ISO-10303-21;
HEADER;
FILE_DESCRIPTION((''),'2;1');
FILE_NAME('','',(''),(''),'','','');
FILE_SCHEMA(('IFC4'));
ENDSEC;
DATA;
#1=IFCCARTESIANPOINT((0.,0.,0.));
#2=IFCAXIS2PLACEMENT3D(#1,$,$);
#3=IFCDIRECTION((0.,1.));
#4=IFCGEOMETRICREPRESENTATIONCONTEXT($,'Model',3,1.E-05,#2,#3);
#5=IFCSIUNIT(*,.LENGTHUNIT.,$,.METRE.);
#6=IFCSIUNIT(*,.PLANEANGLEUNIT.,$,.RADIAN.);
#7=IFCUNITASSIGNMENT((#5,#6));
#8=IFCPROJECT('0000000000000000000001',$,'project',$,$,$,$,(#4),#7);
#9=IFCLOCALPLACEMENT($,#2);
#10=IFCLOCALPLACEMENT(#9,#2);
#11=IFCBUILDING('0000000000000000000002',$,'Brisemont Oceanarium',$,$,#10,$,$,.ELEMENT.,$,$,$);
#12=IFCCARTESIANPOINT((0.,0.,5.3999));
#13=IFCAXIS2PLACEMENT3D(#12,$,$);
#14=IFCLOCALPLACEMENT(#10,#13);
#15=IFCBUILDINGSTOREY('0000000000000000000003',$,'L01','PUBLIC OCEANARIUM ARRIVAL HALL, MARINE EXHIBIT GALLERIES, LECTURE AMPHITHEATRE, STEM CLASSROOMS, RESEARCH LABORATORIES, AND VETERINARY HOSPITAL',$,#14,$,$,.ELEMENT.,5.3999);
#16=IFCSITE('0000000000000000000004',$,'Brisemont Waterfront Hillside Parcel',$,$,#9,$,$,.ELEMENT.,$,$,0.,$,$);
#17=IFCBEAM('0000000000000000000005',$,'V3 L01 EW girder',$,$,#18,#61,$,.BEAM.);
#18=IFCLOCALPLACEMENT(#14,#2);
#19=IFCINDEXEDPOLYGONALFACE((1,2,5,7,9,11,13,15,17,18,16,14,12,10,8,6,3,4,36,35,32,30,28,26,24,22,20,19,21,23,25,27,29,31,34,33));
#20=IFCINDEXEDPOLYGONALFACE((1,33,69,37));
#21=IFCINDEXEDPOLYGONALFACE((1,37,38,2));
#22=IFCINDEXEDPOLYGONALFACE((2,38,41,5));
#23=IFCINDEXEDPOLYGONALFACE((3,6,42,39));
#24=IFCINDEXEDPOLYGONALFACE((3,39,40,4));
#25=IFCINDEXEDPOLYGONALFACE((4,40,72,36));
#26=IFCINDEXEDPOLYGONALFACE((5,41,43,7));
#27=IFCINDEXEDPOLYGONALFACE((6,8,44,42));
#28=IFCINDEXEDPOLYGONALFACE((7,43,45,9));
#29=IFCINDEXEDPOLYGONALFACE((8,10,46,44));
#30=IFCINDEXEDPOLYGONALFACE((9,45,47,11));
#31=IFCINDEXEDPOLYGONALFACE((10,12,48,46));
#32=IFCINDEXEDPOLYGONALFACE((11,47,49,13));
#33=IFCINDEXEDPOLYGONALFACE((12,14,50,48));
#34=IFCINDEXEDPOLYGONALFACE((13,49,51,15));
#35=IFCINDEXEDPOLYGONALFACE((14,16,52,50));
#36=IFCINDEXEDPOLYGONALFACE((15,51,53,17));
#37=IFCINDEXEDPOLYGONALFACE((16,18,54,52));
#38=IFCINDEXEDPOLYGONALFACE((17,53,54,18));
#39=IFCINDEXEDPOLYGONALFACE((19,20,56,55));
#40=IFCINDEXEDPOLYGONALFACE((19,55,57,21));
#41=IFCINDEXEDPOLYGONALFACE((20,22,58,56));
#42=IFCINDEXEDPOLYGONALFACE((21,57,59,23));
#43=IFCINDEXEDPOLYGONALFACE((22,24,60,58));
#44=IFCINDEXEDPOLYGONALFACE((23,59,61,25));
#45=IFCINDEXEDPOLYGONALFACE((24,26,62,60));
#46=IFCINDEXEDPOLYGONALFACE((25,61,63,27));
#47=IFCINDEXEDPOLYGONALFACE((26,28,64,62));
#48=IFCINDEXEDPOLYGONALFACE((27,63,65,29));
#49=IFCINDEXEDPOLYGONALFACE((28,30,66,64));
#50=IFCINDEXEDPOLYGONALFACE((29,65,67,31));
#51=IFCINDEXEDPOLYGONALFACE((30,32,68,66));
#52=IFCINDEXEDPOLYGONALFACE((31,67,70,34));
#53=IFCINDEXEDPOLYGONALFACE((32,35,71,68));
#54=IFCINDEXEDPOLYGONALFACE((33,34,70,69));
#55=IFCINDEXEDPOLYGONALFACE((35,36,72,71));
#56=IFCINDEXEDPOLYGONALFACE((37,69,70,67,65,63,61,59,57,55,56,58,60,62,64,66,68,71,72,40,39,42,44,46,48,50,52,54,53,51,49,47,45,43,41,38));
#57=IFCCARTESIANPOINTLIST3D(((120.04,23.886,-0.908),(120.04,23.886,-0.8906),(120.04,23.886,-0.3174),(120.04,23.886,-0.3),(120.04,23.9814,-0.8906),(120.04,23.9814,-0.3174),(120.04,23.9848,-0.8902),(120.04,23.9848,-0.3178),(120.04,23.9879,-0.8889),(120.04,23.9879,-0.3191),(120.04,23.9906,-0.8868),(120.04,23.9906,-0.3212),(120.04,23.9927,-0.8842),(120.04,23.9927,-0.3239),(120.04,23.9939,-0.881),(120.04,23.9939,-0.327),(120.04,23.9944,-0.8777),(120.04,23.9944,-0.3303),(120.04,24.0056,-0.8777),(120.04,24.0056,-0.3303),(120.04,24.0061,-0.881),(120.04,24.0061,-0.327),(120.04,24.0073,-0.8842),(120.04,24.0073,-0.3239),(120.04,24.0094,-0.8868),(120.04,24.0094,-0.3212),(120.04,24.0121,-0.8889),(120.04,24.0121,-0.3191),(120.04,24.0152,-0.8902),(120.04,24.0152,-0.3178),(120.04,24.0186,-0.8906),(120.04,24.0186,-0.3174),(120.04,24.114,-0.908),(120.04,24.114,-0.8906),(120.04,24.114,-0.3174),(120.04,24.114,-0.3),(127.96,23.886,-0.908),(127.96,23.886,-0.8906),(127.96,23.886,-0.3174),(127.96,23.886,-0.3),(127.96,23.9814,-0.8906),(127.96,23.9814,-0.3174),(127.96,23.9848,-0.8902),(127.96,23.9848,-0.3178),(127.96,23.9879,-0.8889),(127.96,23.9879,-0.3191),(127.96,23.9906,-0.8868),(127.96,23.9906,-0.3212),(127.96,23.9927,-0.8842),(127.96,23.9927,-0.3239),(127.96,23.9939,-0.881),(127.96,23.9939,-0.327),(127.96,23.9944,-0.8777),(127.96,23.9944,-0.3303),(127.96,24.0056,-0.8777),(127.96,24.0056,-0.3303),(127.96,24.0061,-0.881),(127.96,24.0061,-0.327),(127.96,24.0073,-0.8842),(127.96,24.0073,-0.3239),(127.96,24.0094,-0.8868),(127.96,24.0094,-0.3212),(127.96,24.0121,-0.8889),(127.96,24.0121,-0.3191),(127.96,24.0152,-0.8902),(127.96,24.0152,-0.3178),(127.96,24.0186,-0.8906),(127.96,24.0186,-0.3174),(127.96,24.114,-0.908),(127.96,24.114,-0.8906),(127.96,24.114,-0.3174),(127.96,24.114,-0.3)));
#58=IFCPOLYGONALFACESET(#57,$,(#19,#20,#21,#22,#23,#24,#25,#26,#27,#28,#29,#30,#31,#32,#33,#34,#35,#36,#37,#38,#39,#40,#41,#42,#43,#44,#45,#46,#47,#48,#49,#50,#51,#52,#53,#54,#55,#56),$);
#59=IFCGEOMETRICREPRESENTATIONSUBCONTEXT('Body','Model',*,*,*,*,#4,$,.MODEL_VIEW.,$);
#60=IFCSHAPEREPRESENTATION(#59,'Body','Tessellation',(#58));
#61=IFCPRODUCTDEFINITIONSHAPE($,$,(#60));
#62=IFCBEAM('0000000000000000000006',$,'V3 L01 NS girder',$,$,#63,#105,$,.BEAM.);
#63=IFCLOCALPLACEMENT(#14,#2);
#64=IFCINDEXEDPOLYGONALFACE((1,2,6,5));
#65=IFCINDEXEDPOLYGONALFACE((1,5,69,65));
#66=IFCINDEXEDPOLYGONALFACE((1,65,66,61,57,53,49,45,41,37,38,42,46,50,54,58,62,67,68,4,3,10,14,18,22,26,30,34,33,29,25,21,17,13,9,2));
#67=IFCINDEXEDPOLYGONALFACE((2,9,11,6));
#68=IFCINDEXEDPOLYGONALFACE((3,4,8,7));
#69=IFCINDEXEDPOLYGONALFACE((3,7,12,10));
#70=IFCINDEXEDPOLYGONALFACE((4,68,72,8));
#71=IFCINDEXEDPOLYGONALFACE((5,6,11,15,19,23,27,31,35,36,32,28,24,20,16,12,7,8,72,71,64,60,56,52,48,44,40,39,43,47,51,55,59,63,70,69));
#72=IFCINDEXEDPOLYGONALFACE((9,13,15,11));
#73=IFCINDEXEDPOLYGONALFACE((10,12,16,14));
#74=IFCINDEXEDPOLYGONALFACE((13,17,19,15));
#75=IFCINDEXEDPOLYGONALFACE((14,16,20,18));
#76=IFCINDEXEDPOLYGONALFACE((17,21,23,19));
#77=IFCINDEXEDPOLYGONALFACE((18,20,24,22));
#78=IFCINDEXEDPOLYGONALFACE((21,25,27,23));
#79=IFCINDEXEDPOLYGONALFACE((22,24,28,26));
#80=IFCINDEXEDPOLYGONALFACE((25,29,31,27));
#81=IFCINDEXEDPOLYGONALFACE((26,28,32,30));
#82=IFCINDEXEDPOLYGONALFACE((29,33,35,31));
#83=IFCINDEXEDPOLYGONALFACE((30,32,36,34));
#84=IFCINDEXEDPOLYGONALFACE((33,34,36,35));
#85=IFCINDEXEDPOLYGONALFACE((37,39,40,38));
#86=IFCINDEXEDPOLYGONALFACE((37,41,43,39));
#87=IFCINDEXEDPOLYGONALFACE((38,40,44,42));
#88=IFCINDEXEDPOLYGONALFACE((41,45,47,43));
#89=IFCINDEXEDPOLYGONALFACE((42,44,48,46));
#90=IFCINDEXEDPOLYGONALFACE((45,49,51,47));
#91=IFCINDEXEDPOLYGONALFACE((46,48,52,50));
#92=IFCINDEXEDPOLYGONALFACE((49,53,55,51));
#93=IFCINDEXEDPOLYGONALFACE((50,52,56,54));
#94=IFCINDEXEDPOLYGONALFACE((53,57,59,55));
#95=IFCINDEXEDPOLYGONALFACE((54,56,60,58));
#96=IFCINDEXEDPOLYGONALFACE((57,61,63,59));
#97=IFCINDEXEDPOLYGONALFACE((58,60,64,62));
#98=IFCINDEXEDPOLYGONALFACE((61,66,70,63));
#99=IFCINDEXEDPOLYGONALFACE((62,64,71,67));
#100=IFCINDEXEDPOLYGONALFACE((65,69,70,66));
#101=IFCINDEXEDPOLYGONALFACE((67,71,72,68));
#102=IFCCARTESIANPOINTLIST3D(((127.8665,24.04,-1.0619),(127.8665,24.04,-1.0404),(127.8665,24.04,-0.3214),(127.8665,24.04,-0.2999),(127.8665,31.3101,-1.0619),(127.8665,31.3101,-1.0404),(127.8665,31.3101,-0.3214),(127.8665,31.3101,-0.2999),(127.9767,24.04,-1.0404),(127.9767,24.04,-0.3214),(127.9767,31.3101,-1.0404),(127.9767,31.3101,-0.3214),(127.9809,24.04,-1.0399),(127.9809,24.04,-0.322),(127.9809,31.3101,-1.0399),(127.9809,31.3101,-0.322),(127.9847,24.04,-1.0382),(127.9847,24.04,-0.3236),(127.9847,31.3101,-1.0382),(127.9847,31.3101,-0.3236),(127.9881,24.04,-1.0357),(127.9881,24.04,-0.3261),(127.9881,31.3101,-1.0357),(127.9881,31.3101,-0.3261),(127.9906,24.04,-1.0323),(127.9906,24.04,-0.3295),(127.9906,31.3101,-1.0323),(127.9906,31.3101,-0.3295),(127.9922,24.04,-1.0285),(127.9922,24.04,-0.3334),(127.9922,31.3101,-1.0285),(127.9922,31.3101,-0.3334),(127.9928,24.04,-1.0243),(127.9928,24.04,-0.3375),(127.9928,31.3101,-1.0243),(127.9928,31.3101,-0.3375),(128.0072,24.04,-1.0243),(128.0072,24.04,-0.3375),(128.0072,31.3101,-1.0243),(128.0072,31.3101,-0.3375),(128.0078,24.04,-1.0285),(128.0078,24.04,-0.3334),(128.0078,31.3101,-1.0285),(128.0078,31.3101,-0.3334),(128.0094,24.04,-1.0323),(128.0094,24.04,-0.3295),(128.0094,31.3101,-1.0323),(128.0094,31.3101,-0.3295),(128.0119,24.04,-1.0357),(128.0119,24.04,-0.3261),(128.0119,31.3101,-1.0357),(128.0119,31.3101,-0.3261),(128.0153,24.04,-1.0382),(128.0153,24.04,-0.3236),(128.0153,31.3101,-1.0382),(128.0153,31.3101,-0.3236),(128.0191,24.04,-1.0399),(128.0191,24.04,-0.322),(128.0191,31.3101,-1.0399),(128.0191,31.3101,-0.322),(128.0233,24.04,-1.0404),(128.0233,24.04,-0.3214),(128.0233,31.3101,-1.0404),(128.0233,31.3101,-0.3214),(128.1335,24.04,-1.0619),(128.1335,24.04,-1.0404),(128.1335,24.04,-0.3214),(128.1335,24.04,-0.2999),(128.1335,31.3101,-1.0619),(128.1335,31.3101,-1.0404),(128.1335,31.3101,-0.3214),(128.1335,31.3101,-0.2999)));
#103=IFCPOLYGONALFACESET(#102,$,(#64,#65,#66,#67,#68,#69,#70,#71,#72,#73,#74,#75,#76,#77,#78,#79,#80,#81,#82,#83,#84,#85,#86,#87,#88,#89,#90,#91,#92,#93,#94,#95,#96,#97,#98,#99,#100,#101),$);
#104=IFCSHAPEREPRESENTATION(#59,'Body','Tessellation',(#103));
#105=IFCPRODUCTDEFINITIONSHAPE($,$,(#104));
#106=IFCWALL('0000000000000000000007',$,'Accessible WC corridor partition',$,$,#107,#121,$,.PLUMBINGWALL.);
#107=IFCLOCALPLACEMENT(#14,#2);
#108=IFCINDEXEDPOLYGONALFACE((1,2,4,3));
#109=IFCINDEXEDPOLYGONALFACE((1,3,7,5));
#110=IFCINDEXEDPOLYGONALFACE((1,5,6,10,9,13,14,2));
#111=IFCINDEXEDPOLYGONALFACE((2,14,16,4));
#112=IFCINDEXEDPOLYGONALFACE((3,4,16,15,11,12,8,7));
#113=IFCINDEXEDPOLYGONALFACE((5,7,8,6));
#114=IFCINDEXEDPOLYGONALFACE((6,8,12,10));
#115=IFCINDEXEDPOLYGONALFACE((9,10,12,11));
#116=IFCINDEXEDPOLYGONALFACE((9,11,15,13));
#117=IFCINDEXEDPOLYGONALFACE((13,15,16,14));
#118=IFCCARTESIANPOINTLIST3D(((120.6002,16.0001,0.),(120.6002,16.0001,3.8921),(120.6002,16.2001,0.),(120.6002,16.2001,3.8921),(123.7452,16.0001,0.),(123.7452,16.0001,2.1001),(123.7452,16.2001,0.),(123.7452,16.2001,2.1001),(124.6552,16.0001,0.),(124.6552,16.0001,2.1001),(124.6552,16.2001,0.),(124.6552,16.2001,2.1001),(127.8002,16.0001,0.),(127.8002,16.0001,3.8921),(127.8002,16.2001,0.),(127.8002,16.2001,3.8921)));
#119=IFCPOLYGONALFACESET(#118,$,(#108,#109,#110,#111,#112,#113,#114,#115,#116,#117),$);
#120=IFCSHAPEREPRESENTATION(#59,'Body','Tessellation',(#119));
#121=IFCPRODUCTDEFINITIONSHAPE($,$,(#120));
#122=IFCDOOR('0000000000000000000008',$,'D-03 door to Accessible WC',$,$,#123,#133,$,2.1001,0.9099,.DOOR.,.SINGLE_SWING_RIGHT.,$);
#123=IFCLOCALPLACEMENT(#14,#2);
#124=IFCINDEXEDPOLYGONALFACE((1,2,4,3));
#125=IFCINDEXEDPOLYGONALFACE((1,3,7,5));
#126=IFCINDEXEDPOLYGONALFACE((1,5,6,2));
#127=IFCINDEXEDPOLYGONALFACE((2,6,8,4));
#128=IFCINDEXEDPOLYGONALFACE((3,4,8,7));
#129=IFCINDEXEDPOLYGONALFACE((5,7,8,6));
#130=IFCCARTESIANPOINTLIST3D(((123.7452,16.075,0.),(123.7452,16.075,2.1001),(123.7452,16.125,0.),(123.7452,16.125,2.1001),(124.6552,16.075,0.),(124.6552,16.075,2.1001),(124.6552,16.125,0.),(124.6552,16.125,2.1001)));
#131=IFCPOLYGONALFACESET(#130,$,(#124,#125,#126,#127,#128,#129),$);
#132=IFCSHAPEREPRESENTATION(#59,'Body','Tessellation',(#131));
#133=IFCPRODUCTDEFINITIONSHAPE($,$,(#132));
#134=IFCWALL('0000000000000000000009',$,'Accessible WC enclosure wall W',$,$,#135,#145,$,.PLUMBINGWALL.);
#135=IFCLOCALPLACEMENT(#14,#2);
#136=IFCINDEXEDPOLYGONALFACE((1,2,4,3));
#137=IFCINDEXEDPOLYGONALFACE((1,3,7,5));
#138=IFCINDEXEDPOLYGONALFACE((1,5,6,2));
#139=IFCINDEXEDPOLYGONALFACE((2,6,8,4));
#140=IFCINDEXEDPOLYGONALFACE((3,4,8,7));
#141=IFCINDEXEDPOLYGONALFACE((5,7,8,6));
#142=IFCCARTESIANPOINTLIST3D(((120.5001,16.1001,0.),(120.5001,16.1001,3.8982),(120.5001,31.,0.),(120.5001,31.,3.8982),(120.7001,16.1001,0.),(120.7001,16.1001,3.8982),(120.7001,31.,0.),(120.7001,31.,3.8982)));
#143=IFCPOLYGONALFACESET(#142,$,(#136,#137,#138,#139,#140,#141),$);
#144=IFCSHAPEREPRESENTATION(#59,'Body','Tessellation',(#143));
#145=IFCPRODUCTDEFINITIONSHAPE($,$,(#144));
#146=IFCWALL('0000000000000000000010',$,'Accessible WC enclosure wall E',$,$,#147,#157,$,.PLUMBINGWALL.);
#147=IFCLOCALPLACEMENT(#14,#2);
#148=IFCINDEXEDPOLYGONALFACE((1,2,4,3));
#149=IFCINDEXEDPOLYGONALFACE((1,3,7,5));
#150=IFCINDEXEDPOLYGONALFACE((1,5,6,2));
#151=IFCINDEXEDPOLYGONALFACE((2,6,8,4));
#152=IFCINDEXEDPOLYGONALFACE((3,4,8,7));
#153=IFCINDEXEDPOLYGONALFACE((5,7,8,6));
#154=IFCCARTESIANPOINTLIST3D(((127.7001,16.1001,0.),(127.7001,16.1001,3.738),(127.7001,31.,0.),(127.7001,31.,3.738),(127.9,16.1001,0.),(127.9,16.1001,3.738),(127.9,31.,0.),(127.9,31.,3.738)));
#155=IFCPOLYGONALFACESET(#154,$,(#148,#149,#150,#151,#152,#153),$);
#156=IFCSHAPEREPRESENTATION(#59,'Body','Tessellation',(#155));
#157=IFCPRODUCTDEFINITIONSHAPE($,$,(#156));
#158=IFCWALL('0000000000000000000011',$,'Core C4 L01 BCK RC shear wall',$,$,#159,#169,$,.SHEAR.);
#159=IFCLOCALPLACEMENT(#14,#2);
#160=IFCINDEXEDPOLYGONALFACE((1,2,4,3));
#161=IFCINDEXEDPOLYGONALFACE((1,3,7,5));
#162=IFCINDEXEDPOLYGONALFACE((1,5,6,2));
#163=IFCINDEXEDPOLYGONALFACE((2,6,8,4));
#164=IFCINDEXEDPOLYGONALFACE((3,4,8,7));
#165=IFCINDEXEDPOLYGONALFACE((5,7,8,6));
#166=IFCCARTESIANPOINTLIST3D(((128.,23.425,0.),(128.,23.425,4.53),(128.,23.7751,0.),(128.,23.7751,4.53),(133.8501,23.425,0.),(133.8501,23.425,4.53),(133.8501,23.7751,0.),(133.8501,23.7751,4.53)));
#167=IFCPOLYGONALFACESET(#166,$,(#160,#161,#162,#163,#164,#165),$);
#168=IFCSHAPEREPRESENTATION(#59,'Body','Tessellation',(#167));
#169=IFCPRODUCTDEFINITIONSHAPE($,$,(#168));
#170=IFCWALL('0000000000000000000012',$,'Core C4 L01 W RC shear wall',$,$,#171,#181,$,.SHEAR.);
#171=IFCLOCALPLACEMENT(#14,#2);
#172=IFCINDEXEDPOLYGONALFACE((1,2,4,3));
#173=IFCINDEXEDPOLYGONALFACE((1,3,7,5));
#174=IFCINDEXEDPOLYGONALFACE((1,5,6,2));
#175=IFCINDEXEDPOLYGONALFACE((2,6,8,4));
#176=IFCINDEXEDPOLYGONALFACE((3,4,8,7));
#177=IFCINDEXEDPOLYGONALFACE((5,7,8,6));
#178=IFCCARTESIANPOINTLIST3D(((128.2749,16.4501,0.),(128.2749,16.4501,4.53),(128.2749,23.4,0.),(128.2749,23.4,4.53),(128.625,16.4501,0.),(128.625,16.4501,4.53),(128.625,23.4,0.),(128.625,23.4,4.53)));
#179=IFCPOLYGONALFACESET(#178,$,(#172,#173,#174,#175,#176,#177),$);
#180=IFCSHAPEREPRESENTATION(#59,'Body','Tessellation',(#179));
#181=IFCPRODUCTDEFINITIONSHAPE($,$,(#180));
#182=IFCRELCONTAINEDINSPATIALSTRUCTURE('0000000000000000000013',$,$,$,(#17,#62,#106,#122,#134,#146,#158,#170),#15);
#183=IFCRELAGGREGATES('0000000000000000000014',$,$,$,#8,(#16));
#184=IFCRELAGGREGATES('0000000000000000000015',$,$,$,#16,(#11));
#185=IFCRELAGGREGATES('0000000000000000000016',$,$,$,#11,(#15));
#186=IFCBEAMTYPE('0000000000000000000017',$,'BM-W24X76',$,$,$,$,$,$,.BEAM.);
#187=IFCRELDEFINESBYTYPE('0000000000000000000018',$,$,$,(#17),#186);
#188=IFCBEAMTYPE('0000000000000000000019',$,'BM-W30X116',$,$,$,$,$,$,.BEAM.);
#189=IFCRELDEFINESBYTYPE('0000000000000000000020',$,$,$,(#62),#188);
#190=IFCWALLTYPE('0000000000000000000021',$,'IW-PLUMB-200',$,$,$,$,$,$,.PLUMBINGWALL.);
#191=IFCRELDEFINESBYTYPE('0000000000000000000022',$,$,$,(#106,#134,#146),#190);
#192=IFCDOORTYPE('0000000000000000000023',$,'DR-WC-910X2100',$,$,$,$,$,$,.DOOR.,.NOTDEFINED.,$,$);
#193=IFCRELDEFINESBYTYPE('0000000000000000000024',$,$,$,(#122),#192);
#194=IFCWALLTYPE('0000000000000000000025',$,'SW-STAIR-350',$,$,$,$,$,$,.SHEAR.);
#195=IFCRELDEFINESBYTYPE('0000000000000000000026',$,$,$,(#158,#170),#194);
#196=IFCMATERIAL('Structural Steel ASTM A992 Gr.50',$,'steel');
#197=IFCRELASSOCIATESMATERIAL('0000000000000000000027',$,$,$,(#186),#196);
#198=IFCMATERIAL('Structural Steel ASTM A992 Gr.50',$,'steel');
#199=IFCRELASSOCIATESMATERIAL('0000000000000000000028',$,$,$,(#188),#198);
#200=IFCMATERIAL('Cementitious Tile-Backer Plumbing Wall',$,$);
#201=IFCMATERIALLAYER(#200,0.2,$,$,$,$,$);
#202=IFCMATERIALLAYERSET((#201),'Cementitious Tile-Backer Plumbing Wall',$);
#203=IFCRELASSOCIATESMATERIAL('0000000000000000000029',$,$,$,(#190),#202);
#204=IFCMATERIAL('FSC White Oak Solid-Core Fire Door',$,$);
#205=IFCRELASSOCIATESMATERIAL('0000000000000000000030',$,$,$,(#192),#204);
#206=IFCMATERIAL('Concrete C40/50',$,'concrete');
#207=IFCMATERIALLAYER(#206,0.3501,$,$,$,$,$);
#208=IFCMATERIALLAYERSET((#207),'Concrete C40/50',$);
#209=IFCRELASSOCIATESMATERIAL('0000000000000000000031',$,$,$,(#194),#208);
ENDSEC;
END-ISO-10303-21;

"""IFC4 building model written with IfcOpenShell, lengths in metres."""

from ifc_helpers import new_model, si_unit, direction, frame, frame_2d, origin, origin_2d, place, context, subcontext, project, spatial, rectangle, i_section, extrude, material, layer, layer_set, material_profile, profile_set, type_object, element, fill, save


model = new_model("IFC4")

# Units and contexts
model_context = context("Model", 3, precision=1e-05, world=origin(), true_north=direction((0.0, 1.0)))
body_context = subcontext(model_context, "Body", "Model", "MODEL_VIEW")
ifc_project = project(units=[si_unit("LENGTHUNIT", "METRE"), si_unit("PLANEANGLEUNIT", "RADIAN")], contexts=[model_context])

# Site, building, storey
site_placement = place(None, origin())
site = spatial("IfcSite", under=ifc_project, at=site_placement, Name="Brisemont Waterfront Hillside Parcel", CompositionType="ELEMENT", RefElevation=0.0)
building_placement = place(site_placement, origin())
building = spatial("IfcBuilding", under=site, at=building_placement, Name="Brisemont Oceanarium", CompositionType="ELEMENT")
storey_placement = place(building_placement, frame((0.0, 0.0, 5.3999)))
storey = spatial("IfcBuildingStorey", under=building, at=storey_placement, Name="L01", Description="PUBLIC OCEANARIUM ARRIVAL HALL, MARINE EXHIBIT GALLERIES, LECTURE AMPHITHEATRE, STEM CLASSROOMS, RESEARCH LABORATORIES, AND VETERINARY HOSPITAL", CompositionType="ELEMENT", Elevation=5.3999)

# Beams
ifc_material_1 = material(Name="Structural Steel ASTM A992 Gr.50", Category="steel")
ifc_material_profile_1 = material_profile(ifc_material_1, i_section(OverallWidth=0.228, OverallDepth=0.6079, WebThickness=0.0112, FlangeThickness=0.0173, FilletRadius=0.0129, at=origin_2d()), Name="W24X76")
ifc_profile_set_1 = profile_set([ifc_material_profile_1], Name="Structural Steel ASTM A992 Gr.50")
beam_type_1 = type_object("IfcBeamType", Name="BM-W24X76", PredefinedType="BEAM", material=ifc_profile_set_1)
beam_1_placement = place(storey_placement, frame((120.04, 24.0, -0.604), z_axis=(1.0, 0.0, 0.0), x_axis=(0.0, 1.0, 0.0)))
element("IfcBeam", 1, at=beam_1_placement, inside=storey, type_object=beam_type_1, Name="V3 L01 EW girder", PredefinedType="BEAM", context=body_context, shape_type="SweptSolid", body=[
    extrude(i_section(OverallWidth=0.228, OverallDepth=0.6079, WebThickness=0.0112, FlangeThickness=0.0173, FilletRadius=0.0129, at=origin_2d()), origin(), (0.0, 0.0, 1.0), 7.9199),
])
ifc_material_2 = material(Name="Structural Steel ASTM A992 Gr.50", Category="steel")
ifc_material_profile_2 = material_profile(ifc_material_2, i_section(OverallWidth=0.2671, OverallDepth=0.762, WebThickness=0.0144, FlangeThickness=0.0215, FilletRadius=0.0161, at=origin_2d()), Name="W30X116")
ifc_profile_set_2 = profile_set([ifc_material_profile_2], Name="Structural Steel ASTM A992 Gr.50")
beam_type_2 = type_object("IfcBeamType", Name="BM-W30X116", PredefinedType="BEAM", material=ifc_profile_set_2)
beam_2_placement = place(storey_placement, frame((128.0, 24.04, -0.6809), z_axis=(0.0, 1.0, 0.0), x_axis=(-1.0, 0.0, 0.0)))
element("IfcBeam", 2, at=beam_2_placement, inside=storey, type_object=beam_type_2, Name="V3 L01 NS girder", PredefinedType="BEAM", context=body_context, shape_type="SweptSolid", body=[
    extrude(i_section(OverallWidth=0.2671, OverallDepth=0.762, WebThickness=0.0144, FlangeThickness=0.0215, FilletRadius=0.0161, at=origin_2d()), origin(), (0.0, 0.0, 1.0), 7.27),
])

# Wall, opening, door
ifc_material_3 = material(Name="Cementitious Tile-Backer Plumbing Wall")
ifc_layer_1 = layer(ifc_material_3, 0.2)
ifc_layer_set_1 = layer_set([ifc_layer_1], Name="Cementitious Tile-Backer Plumbing Wall")
wall_type_1 = type_object("IfcWallType", Name="IW-PLUMB-200", PredefinedType="PLUMBINGWALL", material=ifc_layer_set_1)
wall_1_placement = place(storey_placement, frame((120.6001, 16.1001, 0.0), z_axis=(0.0, 0.0, 1.0), x_axis=(1.0, 0.0, 0.0)))
wall_1 = element("IfcWall", 3, at=wall_1_placement, inside=storey, type_object=wall_type_1, Name="Accessible WC corridor partition", PredefinedType="PLUMBINGWALL", context=body_context, shape_type="SweptSolid", body=[
    extrude(rectangle(XDim=7.2, YDim=0.2, at=frame_2d((3.6001, 0.0))), origin(), (0.0, 0.0, 1.0), 3.8921),
])
opening_1_placement = place(wall_1_placement, frame((3.145, 0.0, 0.0)))
opening_1 = element("IfcOpeningElement", 4, at=opening_1_placement, cuts=wall_1, PredefinedType="OPENING", context=body_context, shape_type="SweptSolid", body=[
    extrude(rectangle(XDim=0.9099, YDim=2.1001, at=frame_2d((0.4551, 1.05))), frame((0.0, 0.1099, 0.0), z_axis=(0.0, -1.0, 0.0), x_axis=(1.0, 0.0, 0.0)), (0.0, 0.0, 1.0), 0.22),
])
ifc_material_4 = material(Name="FSC White Oak Solid-Core Fire Door")
door_type_1 = type_object("IfcDoorType", Name="DR-WC-910X2100", OperationType="NOTDEFINED", PredefinedType="DOOR", material=ifc_material_4)
door_1_placement = place(opening_1_placement, origin())
door_1 = element("IfcDoor", 5, at=door_1_placement, inside=storey, type_object=door_type_1, Name="D-03 door to Accessible WC", OperationType="SINGLE_SWING_RIGHT", OverallHeight=2.1001, OverallWidth=0.9099, PredefinedType="DOOR", context=body_context, shape_type="SweptSolid", body=[
    extrude(rectangle(XDim=0.9099, YDim=2.1001, at=frame_2d((0.4551, 1.05))), frame((0.0, 0.0249, 0.0), z_axis=(0.0, -1.0, 0.0), x_axis=(1.0, 0.0, 0.0)), (0.0, 0.0, 1.0), 0.05),
])
fill(opening_1, door_1)

# Walls
wall_2_placement = place(storey_placement, frame((120.6001, 16.1001, 0.0), z_axis=(0.0, 0.0, 1.0), x_axis=(0.0, 1.0, 0.0)))
element("IfcWall", 6, at=wall_2_placement, inside=storey, type_object=wall_type_1, Name="Accessible WC enclosure wall W", PredefinedType="PLUMBINGWALL", context=body_context, shape_type="SweptSolid", body=[
    extrude(rectangle(XDim=14.8999, YDim=0.2, at=frame_2d((7.45, 0.0))), origin(), (0.0, 0.0, 1.0), 3.8982),
])
wall_3_placement = place(storey_placement, frame((127.8, 16.1001, 0.0), z_axis=(0.0, 0.0, 1.0), x_axis=(0.0, 1.0, 0.0)))
element("IfcWall", 7, at=wall_3_placement, inside=storey, type_object=wall_type_1, Name="Accessible WC enclosure wall E", PredefinedType="PLUMBINGWALL", context=body_context, shape_type="SweptSolid", body=[
    extrude(rectangle(XDim=14.8999, YDim=0.2, at=frame_2d((7.45, 0.0))), origin(), (0.0, 0.0, 1.0), 3.738),
])

# Shared definitions
ifc_material_5 = material(Name="Concrete C40/50", Category="concrete")
ifc_layer_2 = layer(ifc_material_5, 0.3501)
ifc_layer_set_2 = layer_set([ifc_layer_2], Name="Concrete C40/50")
wall_type_2 = type_object("IfcWallType", Name="SW-STAIR-350", PredefinedType="SHEAR", material=ifc_layer_set_2)

# Walls
wall_4_placement = place(storey_placement, frame((128.0, 23.6001, 0.0), z_axis=(0.0, 0.0, 1.0), x_axis=(1.0, 0.0, 0.0)))
element("IfcWall", 8, at=wall_4_placement, inside=storey, type_object=wall_type_2, Name="Core C4 L01 BCK RC shear wall", PredefinedType="SHEAR", context=body_context, shape_type="SweptSolid", body=[
    extrude(rectangle(XDim=5.8501, YDim=0.3501, at=frame_2d((2.925, 0.0))), origin(), (0.0, 0.0, 1.0), 4.53),
])
wall_5_placement = place(storey_placement, frame((128.45, 16.45, 0.0), z_axis=(0.0, 0.0, 1.0), x_axis=(0.0, 1.0, 0.0)))
element("IfcWall", 9, at=wall_5_placement, inside=storey, type_object=wall_type_2, Name="Core C4 L01 W RC shear wall", PredefinedType="SHEAR", context=body_context, shape_type="SweptSolid", body=[
    extrude(rectangle(XDim=6.95, YDim=0.3501, at=frame_2d((3.4751, 0.0))), origin(), (0.0, 0.0, 1.0), 4.53),
])

save(model, "model.ifc")
